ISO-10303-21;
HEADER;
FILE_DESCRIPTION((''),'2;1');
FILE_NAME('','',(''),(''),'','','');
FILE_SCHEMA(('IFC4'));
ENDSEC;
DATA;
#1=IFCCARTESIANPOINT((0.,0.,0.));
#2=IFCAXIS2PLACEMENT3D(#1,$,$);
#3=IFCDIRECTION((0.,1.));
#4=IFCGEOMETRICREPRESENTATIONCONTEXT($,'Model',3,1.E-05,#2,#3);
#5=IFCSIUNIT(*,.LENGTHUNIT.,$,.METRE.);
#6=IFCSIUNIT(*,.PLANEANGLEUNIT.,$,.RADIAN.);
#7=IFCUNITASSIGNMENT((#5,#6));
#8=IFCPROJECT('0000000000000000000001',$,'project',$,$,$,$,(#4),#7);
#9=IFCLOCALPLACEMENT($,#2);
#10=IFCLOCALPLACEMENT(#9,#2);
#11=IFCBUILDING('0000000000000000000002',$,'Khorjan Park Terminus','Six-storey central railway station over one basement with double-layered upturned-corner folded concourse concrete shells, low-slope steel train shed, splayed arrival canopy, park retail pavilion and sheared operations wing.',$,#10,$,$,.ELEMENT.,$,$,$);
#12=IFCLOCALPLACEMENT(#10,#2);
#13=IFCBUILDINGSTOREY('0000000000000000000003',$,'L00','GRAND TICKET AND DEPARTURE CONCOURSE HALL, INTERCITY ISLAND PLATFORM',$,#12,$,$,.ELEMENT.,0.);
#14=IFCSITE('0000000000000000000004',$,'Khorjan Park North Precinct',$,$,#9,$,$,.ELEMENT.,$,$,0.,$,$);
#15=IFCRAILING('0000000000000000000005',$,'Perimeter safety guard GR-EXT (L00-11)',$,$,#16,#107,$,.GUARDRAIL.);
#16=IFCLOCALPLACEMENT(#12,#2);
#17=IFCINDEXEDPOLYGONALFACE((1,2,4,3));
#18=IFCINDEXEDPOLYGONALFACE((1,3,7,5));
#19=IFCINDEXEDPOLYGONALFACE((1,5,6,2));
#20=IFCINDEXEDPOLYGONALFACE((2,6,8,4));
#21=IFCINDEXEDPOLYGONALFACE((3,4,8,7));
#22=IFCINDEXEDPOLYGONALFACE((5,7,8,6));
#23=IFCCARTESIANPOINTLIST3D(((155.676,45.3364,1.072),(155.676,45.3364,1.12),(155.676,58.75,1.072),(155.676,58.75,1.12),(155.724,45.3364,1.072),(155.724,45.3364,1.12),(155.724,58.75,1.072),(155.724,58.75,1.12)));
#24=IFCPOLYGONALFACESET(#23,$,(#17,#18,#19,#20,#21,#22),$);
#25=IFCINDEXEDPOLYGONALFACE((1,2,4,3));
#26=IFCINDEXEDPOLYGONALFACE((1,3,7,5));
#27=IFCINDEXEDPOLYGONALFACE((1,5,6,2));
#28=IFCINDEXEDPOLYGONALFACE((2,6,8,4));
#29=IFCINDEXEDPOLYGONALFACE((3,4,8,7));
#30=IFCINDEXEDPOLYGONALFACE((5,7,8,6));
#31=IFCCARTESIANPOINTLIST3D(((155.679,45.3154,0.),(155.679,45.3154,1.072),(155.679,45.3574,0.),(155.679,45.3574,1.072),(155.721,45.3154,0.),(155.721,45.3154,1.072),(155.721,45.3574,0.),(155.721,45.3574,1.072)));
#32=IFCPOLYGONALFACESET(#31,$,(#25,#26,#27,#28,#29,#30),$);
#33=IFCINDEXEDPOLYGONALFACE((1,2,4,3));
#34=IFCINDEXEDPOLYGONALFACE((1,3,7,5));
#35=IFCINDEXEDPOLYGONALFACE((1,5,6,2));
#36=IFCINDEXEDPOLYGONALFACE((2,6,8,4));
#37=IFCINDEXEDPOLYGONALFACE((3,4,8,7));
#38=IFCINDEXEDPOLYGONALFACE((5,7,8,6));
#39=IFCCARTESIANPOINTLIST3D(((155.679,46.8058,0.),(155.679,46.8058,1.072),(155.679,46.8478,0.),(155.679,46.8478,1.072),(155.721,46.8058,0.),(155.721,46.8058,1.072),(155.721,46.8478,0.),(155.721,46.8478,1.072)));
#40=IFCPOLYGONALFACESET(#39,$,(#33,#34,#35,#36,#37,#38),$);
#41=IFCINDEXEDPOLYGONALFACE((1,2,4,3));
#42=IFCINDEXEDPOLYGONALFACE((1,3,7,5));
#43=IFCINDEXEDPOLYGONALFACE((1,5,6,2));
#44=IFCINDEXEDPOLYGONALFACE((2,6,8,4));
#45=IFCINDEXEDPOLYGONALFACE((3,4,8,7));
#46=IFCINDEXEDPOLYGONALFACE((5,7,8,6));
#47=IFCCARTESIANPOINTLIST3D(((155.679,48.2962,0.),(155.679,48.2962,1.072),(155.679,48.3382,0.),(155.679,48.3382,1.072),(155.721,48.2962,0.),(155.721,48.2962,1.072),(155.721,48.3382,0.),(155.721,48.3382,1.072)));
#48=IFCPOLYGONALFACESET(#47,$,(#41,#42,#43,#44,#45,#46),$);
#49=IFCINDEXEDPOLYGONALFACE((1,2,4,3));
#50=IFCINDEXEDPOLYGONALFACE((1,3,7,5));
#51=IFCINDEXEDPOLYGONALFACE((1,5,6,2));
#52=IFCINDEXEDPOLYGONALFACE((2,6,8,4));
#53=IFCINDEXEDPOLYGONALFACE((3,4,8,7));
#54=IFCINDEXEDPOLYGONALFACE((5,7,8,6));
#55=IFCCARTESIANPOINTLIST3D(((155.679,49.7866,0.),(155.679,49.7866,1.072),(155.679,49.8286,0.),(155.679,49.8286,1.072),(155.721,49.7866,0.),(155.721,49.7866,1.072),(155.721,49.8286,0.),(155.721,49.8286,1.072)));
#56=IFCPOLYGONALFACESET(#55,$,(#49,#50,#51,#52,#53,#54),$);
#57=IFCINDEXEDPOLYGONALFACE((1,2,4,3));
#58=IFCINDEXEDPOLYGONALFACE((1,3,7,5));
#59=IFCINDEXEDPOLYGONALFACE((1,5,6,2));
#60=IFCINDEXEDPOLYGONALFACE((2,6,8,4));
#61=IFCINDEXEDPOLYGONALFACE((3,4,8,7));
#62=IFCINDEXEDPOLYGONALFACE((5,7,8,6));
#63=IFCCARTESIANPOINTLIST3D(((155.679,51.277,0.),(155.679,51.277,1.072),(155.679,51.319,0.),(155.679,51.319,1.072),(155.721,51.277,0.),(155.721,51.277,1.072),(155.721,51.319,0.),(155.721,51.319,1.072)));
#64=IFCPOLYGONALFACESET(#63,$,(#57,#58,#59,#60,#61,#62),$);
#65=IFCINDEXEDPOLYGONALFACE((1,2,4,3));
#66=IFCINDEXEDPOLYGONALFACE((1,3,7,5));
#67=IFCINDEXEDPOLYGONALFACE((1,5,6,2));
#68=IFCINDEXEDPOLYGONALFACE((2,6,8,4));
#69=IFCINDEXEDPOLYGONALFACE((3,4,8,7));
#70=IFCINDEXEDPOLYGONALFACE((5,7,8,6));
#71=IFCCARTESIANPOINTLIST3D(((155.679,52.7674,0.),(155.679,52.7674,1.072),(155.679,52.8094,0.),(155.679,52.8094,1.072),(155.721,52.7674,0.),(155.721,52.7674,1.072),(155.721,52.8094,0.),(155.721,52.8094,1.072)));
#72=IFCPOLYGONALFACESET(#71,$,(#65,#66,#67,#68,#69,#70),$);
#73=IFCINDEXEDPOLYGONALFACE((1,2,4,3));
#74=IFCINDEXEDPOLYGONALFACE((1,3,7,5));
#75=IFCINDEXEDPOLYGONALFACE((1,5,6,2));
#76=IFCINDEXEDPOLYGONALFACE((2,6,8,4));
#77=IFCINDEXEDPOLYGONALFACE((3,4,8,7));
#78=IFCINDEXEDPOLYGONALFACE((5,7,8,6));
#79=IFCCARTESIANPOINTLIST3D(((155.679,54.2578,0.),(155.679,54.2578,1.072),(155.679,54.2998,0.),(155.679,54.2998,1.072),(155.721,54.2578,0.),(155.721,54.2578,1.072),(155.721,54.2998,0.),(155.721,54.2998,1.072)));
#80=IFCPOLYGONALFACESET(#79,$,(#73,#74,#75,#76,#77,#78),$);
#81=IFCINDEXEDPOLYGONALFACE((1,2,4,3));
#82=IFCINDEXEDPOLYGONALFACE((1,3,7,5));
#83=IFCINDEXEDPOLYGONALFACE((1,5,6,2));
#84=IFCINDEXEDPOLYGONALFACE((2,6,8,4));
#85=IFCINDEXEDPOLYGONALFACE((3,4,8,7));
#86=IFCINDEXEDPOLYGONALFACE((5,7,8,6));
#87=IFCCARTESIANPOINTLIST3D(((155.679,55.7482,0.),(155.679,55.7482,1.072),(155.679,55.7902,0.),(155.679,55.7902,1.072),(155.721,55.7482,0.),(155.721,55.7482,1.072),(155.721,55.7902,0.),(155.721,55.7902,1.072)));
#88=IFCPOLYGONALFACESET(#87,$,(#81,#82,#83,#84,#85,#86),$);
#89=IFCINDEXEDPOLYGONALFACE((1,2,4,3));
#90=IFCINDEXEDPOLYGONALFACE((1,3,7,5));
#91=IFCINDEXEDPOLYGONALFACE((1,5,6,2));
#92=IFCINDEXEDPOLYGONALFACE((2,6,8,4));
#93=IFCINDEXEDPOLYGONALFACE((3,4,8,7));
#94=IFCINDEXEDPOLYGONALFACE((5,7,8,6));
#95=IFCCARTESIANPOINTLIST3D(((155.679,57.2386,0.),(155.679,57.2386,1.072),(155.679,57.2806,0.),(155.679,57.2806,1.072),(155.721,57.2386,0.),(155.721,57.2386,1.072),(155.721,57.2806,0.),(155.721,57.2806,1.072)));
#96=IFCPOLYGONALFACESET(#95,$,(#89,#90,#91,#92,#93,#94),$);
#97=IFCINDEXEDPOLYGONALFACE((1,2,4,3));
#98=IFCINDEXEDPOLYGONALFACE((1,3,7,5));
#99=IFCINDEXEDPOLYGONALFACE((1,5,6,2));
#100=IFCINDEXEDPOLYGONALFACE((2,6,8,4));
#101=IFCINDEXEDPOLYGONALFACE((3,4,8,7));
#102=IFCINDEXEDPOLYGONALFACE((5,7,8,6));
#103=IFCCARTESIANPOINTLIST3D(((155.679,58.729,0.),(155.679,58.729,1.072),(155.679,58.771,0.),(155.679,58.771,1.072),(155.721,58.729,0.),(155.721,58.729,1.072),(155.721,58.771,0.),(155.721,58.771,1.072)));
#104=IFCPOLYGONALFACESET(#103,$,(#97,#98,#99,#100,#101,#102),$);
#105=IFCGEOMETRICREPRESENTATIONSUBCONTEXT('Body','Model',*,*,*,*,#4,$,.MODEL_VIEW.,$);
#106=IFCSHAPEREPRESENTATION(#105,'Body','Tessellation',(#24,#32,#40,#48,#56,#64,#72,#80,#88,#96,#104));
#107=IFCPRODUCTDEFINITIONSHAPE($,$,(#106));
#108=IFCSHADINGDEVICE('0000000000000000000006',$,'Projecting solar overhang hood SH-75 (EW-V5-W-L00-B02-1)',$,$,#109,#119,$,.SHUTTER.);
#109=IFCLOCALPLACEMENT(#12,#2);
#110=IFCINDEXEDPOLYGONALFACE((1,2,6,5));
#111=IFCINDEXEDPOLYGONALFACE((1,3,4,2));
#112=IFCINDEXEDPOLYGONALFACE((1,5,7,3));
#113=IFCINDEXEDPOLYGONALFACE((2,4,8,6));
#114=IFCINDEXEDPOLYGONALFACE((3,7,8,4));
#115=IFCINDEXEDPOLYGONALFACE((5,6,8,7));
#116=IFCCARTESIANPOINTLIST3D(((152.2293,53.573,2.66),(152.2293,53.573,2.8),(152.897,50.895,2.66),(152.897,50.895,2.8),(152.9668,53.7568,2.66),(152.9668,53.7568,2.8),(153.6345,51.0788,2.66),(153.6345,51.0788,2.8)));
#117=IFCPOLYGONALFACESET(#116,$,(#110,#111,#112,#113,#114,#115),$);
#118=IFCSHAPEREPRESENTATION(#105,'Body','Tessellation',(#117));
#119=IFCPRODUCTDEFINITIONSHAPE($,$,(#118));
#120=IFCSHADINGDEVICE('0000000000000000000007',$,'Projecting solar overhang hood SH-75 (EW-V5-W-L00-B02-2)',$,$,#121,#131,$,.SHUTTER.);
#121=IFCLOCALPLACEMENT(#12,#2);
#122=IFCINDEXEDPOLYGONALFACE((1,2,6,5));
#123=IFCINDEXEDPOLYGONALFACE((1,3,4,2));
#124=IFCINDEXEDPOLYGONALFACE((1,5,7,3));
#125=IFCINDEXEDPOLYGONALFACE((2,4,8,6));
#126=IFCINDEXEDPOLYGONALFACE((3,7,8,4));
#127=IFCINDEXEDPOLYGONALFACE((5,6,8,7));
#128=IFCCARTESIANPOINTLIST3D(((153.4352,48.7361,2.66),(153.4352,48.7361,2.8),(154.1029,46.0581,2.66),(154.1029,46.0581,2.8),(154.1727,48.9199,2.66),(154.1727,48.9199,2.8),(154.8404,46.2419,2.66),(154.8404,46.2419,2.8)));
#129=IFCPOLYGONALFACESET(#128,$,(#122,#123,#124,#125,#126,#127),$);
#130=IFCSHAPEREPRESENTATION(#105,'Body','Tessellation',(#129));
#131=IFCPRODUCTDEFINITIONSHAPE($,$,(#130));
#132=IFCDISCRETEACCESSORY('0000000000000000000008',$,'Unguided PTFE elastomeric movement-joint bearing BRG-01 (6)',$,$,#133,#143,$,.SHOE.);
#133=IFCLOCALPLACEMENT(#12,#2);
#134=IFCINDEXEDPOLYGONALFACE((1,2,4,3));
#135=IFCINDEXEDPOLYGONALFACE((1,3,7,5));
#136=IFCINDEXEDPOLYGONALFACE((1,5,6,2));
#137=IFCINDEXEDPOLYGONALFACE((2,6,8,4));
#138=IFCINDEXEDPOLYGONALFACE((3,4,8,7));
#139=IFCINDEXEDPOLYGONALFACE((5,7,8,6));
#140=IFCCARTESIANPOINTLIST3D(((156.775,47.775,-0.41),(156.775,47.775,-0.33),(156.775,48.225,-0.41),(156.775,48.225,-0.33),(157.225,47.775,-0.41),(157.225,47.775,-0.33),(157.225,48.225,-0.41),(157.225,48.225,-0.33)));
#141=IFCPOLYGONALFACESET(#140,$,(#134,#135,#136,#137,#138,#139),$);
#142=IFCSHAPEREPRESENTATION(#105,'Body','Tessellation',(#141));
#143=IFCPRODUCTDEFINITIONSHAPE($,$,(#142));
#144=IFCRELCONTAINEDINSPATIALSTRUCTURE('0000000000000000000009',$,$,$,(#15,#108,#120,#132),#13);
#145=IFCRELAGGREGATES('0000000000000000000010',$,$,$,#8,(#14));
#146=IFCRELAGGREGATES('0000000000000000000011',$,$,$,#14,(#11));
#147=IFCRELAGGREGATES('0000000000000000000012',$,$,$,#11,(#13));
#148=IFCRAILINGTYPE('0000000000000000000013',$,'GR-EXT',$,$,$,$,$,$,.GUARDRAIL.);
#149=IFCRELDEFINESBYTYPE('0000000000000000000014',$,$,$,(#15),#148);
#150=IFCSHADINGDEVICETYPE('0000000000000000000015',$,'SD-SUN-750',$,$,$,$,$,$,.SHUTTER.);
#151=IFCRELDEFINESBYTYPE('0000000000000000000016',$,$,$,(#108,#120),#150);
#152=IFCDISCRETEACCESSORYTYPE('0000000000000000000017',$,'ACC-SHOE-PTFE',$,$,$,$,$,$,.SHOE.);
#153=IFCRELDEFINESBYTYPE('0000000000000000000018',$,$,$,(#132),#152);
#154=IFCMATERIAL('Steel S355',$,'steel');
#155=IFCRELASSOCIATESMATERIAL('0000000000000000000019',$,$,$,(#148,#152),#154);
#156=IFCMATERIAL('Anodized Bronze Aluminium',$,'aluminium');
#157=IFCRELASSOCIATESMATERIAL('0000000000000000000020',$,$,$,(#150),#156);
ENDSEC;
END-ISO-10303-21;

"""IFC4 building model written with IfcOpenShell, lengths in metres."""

from ifc_helpers import new_model, si_unit, direction, frame, origin, origin_2d, place, context, subcontext, project, spatial, rectangle, extrude, material, type_object, element, save


model = new_model("IFC4")

# Units and contexts
model_context = context("Model", 3, precision=1e-05, world=origin(), true_north=direction((0.0, 1.0)))
body_context = subcontext(model_context, "Body", "Model", "MODEL_VIEW")
ifc_project = project(units=[si_unit("LENGTHUNIT", "METRE"), si_unit("PLANEANGLEUNIT", "RADIAN")], contexts=[model_context])

# Site, building, storey
site_placement = place(None, origin())
site = spatial("IfcSite", under=ifc_project, at=site_placement, Name="Khorjan Park North Precinct", CompositionType="ELEMENT", RefElevation=0.0)
building_placement = place(site_placement, origin())
building = spatial("IfcBuilding", under=site, at=building_placement, Name="Khorjan Park Terminus", Description="Six-storey central railway station over one basement with double-layered upturned-corner folded concourse concrete shells, low-slope steel train shed, splayed arrival canopy, park retail pavilion and sheared operations wing.", CompositionType="ELEMENT")
storey_placement = place(building_placement, origin())
storey = spatial("IfcBuildingStorey", under=building, at=storey_placement, Name="L00", Description="GRAND TICKET AND DEPARTURE CONCOURSE HALL, INTERCITY ISLAND PLATFORM", CompositionType="ELEMENT", Elevation=0.0)

# Shared definitions
ifc_material_1 = material(Name="Steel S355", Category="steel")

# Railing
railing_type = type_object("IfcRailingType", Name="GR-EXT", PredefinedType="GUARDRAIL", material=ifc_material_1)
railing_1_placement = place(storey_placement, frame((155.7, 45.3364, 0.0)))
element("IfcRailing", 1, at=railing_1_placement, inside=storey, type_object=railing_type, Name="Perimeter safety guard GR-EXT (L00-11)", PredefinedType="GUARDRAIL", context=body_context, shape_type="SweptSolid", body=[
    extrude(rectangle(XDim=0.048, YDim=0.048, at=origin_2d()), frame((0.0, 0.0, 1.096), z_axis=(0.0, 1.0, 0.0), x_axis=(-1.0, 0.0, 0.0)), (0.0, 0.0, 1.0), 13.4136),
    extrude(rectangle(XDim=0.042, YDim=0.042, at=origin_2d()), origin(), (0.0, 0.0, 1.0), 1.072),
    extrude(rectangle(XDim=0.042, YDim=0.042, at=origin_2d()), frame((0.0, 1.4904, 0.0)), (0.0, 0.0, 1.0), 1.072),
    extrude(rectangle(XDim=0.042, YDim=0.042, at=origin_2d()), frame((0.0, 2.9808, 0.0)), (0.0, 0.0, 1.0), 1.072),
    extrude(rectangle(XDim=0.042, YDim=0.042, at=origin_2d()), frame((0.0, 4.4712, 0.0)), (0.0, 0.0, 1.0), 1.072),
    extrude(rectangle(XDim=0.042, YDim=0.042, at=origin_2d()), frame((0.0, 5.9616, 0.0)), (0.0, 0.0, 1.0), 1.072),
    extrude(rectangle(XDim=0.042, YDim=0.042, at=origin_2d()), frame((0.0, 7.452, 0.0)), (0.0, 0.0, 1.0), 1.072),
    extrude(rectangle(XDim=0.042, YDim=0.042, at=origin_2d()), frame((0.0, 8.9424, 0.0)), (0.0, 0.0, 1.0), 1.072),
    extrude(rectangle(XDim=0.042, YDim=0.042, at=origin_2d()), frame((0.0, 10.4328, 0.0)), (0.0, 0.0, 1.0), 1.072),
    extrude(rectangle(XDim=0.042, YDim=0.042, at=origin_2d()), frame((0.0, 11.9232, 0.0)), (0.0, 0.0, 1.0), 1.072),
    extrude(rectangle(XDim=0.042, YDim=0.042, at=origin_2d()), frame((0.0, 13.4136, 0.0)), (0.0, 0.0, 1.0), 1.072),
])

# Shading devices
ifc_material_2 = material(Name="Anodized Bronze Aluminium", Category="aluminium")
shading_device_type = type_object("IfcShadingDeviceType", Name="SD-SUN-750", PredefinedType="SHUTTER", material=ifc_material_2)
for number, where, z_axis, x_axis, name in (
    (2, (152.9319, 52.3259, 2.66), (0.0, 0.0, 1.0), (0.241922, -0.970296, 0.0), "Projecting solar overhang hood SH-75 (EW-V5-W-L00-B02-1)"),
    (3, (154.1378, 47.489, 2.66), (0.0, 0.0, 1.0), (0.241922, -0.970296, 0.0), "Projecting solar overhang hood SH-75 (EW-V5-W-L00-B02-2)"),
):
    element("IfcShadingDevice", number, at=place(storey_placement, frame(where, z_axis=z_axis, x_axis=x_axis)), inside=storey, type_object=shading_device_type, Name=name, PredefinedType="SHUTTER", context=body_context, shape_type="SweptSolid", body=[
        extrude(rectangle(XDim=2.76, YDim=0.76, at=origin_2d()), origin(), (0.0, 0.0, 1.0), 0.14),
    ])

# Discrete accessory
discrete_accessory_type = type_object("IfcDiscreteAccessoryType", Name="ACC-SHOE-PTFE", PredefinedType="SHOE", material=ifc_material_1)
discrete_accessory_placement = place(storey_placement, frame((157.0, 48.0, -0.41), z_axis=(0.0, 0.0, 1.0), x_axis=(1.0, 0.0, 0.0)))
element("IfcDiscreteAccessory", 4, at=discrete_accessory_placement, inside=storey, type_object=discrete_accessory_type, Name="Unguided PTFE elastomeric movement-joint bearing BRG-01 (6)", PredefinedType="SHOE", context=body_context, shape_type="SweptSolid", body=[
    extrude(rectangle(XDim=0.45, YDim=0.45, at=origin_2d()), origin(), (0.0, 0.0, 1.0), 0.08),
])

save(model, "model.ifc")
